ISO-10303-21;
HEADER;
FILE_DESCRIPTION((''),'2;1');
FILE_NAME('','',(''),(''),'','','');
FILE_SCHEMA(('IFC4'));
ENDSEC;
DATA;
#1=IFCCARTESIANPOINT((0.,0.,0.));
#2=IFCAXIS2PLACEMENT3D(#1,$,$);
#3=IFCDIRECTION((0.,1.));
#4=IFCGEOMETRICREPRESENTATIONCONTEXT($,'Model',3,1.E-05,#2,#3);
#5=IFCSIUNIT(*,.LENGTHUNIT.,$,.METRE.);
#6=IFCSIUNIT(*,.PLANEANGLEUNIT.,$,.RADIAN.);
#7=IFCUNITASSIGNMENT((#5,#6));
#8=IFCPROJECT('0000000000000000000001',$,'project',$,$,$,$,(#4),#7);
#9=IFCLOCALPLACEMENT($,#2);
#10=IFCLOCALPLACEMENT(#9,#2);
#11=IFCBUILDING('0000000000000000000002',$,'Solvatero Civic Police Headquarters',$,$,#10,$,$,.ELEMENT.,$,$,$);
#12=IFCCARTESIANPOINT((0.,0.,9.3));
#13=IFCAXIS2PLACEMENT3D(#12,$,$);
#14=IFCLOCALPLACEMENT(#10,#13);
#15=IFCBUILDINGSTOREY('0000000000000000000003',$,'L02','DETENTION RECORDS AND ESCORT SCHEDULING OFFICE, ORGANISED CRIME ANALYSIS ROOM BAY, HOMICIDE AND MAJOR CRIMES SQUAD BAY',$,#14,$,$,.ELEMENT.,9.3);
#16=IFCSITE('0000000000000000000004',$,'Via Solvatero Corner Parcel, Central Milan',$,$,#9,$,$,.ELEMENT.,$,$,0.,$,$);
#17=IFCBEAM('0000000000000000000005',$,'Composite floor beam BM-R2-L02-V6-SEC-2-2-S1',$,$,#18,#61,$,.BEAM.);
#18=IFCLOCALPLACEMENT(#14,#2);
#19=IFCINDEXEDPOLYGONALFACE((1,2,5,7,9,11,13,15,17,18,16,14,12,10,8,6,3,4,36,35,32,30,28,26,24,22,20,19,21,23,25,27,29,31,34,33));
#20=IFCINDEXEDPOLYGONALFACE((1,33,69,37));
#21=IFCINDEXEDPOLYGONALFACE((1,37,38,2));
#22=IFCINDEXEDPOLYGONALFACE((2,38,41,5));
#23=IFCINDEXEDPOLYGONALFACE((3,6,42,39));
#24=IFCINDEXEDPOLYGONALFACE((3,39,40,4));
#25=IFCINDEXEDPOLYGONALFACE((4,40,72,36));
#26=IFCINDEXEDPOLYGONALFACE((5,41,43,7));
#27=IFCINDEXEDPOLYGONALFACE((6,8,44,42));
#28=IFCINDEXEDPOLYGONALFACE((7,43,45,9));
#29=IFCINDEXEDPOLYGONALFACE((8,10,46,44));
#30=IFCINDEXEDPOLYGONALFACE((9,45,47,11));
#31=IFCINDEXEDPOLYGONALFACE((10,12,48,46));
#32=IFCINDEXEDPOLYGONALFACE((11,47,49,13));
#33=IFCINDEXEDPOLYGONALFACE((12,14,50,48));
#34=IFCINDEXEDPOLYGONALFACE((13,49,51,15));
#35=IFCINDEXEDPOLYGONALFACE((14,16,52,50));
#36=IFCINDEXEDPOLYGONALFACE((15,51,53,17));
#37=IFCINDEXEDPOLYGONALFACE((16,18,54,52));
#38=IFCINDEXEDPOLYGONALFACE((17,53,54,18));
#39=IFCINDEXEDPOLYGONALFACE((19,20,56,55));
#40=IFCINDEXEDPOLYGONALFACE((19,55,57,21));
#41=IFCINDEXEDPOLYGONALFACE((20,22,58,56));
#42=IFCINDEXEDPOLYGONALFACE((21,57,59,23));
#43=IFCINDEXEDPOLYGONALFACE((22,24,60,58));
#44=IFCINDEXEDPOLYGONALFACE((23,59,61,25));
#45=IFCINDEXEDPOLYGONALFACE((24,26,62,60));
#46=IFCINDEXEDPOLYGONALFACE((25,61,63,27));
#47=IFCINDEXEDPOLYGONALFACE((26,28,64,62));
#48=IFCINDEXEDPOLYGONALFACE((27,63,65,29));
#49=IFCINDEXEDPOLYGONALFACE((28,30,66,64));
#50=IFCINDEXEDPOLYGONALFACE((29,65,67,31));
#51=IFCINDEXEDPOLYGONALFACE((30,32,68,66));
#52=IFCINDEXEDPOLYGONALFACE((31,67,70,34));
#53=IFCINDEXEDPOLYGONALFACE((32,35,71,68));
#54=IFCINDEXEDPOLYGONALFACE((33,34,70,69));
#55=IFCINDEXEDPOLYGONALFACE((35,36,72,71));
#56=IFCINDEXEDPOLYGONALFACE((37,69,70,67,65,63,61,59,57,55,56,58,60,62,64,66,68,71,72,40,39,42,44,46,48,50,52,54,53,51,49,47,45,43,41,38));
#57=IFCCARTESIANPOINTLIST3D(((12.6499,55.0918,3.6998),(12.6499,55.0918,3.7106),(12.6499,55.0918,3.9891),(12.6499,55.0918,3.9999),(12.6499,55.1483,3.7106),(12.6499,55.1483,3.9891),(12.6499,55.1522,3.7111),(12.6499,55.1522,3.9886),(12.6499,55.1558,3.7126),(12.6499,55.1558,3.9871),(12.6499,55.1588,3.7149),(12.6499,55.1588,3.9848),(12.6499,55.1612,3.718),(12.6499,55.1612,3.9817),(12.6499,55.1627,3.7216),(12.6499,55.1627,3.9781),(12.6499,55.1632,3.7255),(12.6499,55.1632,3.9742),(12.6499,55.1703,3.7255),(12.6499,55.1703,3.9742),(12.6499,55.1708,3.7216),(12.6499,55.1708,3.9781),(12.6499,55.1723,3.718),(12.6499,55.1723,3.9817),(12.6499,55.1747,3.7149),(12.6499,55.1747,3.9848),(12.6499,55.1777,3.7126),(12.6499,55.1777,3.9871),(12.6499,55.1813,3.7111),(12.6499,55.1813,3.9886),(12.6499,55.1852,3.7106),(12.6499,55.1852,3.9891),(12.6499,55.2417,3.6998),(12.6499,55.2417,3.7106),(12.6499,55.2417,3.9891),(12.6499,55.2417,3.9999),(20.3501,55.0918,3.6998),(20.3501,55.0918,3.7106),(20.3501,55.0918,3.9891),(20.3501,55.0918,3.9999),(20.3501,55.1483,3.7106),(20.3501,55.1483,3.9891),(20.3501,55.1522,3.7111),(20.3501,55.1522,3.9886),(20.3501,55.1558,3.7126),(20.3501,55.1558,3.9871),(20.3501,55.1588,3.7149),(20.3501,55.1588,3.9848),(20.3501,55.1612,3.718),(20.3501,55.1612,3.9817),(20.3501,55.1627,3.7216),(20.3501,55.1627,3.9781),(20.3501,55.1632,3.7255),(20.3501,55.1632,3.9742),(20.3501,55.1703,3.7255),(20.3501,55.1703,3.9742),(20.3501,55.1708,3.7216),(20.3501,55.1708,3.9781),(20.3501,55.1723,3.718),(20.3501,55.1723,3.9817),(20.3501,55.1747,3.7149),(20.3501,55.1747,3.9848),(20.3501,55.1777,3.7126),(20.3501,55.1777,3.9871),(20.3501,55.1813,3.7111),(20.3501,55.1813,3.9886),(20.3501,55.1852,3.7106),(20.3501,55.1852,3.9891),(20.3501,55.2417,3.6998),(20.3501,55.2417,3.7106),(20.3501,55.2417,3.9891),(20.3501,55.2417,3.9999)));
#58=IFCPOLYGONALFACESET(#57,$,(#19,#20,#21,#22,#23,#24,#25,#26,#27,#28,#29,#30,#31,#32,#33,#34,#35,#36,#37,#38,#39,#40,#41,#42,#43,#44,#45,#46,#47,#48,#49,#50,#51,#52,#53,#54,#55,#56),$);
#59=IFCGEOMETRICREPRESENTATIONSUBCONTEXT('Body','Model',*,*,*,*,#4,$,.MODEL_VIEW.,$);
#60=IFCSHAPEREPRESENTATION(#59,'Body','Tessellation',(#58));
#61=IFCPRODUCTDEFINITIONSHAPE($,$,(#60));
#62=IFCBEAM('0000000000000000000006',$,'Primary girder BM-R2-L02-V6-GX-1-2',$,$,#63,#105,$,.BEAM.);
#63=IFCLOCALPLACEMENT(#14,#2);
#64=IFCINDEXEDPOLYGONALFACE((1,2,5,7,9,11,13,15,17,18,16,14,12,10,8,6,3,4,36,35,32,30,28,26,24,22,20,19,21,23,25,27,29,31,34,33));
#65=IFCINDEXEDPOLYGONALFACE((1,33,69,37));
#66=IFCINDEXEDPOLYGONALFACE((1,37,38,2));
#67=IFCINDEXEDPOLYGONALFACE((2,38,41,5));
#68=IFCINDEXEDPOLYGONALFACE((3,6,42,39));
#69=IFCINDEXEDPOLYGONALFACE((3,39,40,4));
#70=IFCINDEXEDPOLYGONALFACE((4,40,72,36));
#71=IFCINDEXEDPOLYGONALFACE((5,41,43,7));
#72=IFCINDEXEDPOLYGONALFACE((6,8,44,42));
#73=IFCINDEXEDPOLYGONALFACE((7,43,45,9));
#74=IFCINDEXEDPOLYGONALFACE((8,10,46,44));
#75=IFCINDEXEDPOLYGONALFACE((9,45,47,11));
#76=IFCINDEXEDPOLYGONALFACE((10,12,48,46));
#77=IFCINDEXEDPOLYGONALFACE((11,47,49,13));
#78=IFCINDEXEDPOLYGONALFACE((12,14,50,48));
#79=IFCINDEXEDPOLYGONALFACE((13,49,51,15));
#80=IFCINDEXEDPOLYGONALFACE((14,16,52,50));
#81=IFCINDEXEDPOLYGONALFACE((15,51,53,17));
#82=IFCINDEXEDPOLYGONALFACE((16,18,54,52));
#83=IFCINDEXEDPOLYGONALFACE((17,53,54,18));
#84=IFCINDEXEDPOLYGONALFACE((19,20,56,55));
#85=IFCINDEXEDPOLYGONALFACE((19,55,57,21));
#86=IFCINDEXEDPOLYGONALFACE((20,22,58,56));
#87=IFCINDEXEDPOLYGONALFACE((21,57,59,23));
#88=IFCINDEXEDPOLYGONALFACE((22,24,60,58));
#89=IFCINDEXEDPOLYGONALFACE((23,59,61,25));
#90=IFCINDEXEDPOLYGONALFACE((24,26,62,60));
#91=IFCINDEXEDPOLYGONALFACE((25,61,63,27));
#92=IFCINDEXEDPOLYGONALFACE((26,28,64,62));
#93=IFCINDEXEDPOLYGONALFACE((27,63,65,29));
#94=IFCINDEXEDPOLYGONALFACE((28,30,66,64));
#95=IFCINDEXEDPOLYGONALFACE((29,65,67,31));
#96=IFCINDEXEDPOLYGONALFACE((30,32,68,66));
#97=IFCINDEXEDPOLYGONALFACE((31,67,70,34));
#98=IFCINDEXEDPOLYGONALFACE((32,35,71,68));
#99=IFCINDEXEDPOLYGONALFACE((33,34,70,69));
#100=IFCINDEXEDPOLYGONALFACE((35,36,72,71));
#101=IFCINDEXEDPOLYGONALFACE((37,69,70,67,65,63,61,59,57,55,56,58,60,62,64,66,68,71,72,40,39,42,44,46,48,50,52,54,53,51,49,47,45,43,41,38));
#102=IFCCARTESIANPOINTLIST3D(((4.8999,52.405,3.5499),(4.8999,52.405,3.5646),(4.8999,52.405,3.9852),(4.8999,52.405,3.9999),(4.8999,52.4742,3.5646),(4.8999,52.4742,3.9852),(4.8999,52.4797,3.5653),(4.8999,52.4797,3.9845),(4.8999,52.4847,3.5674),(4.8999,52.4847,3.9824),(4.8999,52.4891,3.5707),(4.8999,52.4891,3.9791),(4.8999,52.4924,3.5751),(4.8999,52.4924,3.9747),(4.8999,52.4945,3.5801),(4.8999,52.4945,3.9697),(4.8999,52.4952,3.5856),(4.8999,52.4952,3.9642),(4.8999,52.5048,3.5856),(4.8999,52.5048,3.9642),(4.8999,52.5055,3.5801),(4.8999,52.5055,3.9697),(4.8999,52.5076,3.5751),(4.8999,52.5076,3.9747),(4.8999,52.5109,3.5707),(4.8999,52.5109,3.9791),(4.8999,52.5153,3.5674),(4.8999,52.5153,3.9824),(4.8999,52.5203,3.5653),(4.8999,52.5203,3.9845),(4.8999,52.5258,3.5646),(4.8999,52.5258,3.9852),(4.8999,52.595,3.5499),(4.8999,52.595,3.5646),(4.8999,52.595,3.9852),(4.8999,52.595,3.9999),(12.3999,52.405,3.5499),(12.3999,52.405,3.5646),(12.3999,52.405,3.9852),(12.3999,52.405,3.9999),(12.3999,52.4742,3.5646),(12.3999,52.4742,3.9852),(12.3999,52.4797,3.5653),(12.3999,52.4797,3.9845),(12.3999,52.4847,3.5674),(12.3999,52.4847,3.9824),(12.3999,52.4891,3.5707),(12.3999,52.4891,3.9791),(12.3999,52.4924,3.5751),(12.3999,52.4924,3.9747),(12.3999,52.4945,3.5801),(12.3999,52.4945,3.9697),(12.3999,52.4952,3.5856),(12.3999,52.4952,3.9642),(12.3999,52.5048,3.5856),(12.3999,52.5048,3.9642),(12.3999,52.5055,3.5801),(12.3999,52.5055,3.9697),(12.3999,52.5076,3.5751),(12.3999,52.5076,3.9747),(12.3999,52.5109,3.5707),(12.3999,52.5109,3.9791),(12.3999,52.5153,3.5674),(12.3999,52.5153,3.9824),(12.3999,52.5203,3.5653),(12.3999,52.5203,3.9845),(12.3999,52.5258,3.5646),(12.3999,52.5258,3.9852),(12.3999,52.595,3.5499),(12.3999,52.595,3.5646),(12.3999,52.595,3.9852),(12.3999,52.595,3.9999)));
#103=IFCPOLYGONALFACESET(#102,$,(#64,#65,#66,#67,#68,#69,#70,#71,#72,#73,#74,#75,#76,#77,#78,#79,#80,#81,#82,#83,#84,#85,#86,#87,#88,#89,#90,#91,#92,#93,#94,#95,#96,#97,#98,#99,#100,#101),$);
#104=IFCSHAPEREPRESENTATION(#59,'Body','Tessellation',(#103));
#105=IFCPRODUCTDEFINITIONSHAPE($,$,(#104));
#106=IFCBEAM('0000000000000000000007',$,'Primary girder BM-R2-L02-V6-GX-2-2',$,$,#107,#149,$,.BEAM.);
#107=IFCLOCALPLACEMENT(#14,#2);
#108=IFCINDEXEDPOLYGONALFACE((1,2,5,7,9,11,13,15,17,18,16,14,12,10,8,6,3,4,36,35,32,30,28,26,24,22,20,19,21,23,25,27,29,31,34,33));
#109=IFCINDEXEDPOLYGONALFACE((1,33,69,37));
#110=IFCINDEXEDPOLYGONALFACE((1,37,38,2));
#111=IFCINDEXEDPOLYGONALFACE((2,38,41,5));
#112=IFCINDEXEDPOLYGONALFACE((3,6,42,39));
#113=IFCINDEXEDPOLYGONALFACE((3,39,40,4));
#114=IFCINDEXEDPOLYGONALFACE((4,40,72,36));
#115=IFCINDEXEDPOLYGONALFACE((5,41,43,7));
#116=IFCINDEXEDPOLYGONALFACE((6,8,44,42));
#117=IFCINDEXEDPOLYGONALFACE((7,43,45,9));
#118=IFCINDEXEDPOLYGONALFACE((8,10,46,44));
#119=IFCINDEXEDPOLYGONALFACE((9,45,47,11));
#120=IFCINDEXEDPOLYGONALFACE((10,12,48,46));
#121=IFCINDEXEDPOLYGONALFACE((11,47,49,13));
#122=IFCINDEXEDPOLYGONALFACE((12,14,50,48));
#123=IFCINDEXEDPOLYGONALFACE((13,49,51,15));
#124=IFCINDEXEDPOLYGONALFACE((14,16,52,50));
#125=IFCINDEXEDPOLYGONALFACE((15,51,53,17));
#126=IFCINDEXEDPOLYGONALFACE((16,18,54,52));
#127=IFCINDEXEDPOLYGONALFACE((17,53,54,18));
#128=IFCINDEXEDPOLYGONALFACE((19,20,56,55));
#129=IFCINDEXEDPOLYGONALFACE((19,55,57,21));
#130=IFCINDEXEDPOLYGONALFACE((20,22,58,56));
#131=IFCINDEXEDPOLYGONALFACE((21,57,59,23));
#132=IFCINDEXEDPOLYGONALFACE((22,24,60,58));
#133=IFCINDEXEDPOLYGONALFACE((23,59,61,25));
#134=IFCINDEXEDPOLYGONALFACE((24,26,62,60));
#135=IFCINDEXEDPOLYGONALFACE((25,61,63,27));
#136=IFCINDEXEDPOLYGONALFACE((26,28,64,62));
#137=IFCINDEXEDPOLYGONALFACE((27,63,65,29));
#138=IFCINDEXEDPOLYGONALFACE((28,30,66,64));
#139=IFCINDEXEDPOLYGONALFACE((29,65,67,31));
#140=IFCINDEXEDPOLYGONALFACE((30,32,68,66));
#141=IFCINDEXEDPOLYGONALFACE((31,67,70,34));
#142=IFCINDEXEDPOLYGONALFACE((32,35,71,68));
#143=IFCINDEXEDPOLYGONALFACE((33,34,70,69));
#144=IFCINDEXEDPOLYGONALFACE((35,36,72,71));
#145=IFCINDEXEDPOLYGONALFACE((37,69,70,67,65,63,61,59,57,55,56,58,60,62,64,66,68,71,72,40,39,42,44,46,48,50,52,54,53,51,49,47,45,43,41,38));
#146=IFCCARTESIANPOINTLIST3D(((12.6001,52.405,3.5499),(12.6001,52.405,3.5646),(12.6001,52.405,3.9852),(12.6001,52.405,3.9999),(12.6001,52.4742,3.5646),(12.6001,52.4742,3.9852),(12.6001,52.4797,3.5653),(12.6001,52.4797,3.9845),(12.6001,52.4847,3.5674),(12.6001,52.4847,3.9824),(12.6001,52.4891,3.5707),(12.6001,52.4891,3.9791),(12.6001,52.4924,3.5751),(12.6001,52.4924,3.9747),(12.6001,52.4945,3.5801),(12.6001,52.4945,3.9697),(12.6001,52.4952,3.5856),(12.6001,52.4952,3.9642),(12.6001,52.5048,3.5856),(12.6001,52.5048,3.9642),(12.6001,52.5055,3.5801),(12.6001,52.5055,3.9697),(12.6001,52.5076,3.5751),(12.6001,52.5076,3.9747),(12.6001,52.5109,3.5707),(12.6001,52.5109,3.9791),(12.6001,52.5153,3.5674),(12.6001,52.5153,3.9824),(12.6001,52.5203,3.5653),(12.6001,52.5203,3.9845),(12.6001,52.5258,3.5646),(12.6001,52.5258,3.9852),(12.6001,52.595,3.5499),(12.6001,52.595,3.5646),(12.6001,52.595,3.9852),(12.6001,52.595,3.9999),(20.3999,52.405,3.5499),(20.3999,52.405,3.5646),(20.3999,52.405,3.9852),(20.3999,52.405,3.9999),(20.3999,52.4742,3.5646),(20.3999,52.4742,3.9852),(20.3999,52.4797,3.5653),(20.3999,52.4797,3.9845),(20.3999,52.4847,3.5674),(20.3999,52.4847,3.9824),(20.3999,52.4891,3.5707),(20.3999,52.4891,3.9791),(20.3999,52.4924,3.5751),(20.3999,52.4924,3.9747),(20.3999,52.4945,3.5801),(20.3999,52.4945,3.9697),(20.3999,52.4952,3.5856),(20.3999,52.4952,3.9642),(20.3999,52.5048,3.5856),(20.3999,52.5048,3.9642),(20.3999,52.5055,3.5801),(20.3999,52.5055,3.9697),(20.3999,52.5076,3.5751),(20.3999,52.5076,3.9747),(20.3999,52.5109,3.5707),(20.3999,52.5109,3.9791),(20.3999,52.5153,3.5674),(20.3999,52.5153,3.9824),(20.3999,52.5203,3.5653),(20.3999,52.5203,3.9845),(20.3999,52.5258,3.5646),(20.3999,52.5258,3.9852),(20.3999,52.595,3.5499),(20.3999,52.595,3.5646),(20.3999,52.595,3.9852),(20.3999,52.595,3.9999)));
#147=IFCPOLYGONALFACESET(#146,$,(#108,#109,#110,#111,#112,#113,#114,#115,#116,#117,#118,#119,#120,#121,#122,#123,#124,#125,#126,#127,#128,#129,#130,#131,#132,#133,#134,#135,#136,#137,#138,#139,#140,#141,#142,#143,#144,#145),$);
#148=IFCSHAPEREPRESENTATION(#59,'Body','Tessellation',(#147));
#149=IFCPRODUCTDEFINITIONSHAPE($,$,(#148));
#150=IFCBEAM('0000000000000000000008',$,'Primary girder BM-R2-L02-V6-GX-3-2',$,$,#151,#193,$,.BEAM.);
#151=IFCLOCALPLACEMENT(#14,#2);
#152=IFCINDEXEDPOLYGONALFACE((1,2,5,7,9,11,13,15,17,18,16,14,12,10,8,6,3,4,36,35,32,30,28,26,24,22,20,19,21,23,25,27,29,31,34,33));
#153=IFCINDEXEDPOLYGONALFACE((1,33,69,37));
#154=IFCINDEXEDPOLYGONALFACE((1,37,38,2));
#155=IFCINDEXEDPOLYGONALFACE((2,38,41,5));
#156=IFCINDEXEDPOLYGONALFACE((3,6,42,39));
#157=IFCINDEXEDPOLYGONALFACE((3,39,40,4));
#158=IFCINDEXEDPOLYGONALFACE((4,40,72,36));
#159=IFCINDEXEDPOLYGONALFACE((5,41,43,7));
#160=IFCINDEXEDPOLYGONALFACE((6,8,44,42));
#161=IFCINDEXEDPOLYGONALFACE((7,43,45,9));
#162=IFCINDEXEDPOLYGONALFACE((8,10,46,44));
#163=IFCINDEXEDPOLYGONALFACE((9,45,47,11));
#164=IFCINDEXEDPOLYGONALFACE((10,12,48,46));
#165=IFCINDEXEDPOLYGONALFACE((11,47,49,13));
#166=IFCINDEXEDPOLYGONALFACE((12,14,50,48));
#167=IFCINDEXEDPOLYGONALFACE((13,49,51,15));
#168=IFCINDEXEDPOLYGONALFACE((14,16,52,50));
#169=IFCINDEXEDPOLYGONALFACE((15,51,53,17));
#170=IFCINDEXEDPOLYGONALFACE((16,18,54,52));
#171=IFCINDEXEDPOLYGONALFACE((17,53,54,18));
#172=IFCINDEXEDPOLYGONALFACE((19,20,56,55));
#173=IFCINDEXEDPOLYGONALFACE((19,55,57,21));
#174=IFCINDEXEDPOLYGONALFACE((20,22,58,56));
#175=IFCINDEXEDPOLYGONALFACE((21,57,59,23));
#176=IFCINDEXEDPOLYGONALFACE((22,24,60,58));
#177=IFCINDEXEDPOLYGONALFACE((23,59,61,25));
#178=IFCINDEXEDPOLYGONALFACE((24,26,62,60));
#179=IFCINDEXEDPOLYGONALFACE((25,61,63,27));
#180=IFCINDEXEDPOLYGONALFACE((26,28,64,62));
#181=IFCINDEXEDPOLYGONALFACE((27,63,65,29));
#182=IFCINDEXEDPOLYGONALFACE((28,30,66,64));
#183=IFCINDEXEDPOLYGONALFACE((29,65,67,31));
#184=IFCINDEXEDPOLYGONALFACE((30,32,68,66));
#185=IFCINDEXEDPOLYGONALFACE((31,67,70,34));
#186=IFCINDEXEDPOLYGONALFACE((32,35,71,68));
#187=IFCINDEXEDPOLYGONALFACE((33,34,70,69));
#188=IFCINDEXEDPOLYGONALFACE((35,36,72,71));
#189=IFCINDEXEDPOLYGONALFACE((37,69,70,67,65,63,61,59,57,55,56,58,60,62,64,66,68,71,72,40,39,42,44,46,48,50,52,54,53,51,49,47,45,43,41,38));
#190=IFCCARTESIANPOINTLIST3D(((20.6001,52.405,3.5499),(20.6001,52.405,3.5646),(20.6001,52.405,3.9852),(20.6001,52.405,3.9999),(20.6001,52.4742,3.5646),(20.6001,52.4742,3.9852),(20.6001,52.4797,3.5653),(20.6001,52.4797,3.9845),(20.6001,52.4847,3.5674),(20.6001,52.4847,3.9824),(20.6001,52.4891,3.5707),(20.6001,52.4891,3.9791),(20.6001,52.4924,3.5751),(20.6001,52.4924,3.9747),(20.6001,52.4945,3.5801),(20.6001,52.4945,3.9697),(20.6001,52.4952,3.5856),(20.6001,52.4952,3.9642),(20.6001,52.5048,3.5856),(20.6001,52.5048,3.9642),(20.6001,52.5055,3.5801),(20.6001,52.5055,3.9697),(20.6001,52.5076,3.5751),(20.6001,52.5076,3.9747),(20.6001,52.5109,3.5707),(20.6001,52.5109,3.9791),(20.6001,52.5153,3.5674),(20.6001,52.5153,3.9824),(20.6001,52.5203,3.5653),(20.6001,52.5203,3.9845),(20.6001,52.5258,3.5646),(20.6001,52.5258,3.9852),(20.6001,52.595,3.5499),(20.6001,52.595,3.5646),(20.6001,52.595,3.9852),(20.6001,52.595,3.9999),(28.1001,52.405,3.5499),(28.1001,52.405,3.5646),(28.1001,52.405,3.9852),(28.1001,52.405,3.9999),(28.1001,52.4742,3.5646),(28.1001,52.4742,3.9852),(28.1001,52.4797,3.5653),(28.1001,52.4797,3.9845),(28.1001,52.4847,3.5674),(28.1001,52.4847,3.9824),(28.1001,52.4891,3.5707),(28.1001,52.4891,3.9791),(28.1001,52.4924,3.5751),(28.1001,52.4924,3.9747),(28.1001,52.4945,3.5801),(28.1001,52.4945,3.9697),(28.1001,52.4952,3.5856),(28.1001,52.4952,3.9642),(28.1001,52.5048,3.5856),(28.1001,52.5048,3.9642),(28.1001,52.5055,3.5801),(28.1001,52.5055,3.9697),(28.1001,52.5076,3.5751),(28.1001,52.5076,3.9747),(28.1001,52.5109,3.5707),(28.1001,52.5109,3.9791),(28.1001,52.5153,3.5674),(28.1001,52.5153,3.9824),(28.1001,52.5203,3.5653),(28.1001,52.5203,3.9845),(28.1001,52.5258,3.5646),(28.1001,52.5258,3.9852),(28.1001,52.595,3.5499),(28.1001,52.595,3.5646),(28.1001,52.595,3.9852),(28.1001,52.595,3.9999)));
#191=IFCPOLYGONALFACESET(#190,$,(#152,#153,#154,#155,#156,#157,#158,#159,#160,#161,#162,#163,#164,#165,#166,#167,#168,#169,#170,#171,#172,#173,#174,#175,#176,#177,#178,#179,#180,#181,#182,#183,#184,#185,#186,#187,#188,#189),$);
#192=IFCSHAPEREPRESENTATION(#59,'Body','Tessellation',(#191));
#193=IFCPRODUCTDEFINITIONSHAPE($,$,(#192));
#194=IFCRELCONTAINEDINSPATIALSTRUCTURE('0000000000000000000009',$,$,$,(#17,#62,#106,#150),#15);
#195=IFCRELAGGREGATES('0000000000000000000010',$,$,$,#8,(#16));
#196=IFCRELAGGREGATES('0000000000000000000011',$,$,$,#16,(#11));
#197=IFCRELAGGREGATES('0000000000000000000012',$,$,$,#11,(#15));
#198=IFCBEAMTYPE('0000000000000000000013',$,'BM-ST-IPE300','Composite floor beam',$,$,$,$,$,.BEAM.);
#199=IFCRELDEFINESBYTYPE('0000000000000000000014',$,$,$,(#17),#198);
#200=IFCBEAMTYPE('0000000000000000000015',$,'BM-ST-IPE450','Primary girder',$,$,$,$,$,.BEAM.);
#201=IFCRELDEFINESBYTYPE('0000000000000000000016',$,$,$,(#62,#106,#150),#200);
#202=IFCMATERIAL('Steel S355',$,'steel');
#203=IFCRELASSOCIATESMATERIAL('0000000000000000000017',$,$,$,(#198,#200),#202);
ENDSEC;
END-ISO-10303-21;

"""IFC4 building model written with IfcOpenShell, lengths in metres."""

from ifc_helpers import new_model, si_unit, direction, frame, origin, origin_2d, place, context, subcontext, project, spatial, i_section, extrude, material, material_profile, profile_set, type_object, element, save


model = new_model("IFC4")

# Units and contexts
model_context = context("Model", 3, precision=1e-05, world=origin(), true_north=direction((0.0, 1.0)))
body_context = subcontext(model_context, "Body", "Model", "MODEL_VIEW")
ifc_project = project(units=[si_unit("LENGTHUNIT", "METRE"), si_unit("PLANEANGLEUNIT", "RADIAN")], contexts=[model_context])

# Site, building, storey
site_placement = place(None, origin())
site = spatial("IfcSite", under=ifc_project, at=site_placement, Name="Via Solvatero Corner Parcel, Central Milan", CompositionType="ELEMENT", RefElevation=0.0)
building_placement = place(site_placement, origin())
building = spatial("IfcBuilding", under=site, at=building_placement, Name="Solvatero Civic Police Headquarters", CompositionType="ELEMENT")
storey_placement = place(building_placement, frame((0.0, 0.0, 9.3)))
storey = spatial("IfcBuildingStorey", under=building, at=storey_placement, Name="L02", Description="DETENTION RECORDS AND ESCORT SCHEDULING OFFICE, ORGANISED CRIME ANALYSIS ROOM BAY, HOMICIDE AND MAJOR CRIMES SQUAD BAY", CompositionType="ELEMENT", Elevation=9.3)

# Shared definitions
ifc_material_1 = material(Name="Steel S355", Category="steel")

# Beams
ifc_material_profile_1 = material_profile(ifc_material_1, i_section(OverallWidth=0.1499, OverallDepth=0.3, WebThickness=0.0071, FlangeThickness=0.0107, FilletRadius=0.0149, at=origin_2d()), Name="IPE 300")
ifc_profile_set_1 = profile_set([ifc_material_profile_1], Name="Steel S355")
beam_type_1 = type_object("IfcBeamType", Name="BM-ST-IPE300", Description="Composite floor beam", PredefinedType="BEAM", material=ifc_profile_set_1)
for number, where, z_axis, x_axis, name in (
    (1, (12.6499, 55.1667, 3.8499), (1.0, 0.0, 0.0), (0.0, 1.0, 0.0), "Composite floor beam BM-R2-L02-V6-SEC-2-2-S1"),
):
    element("IfcBeam", number, at=place(storey_placement, frame(where, z_axis=z_axis, x_axis=x_axis)), inside=storey, type_object=beam_type_1, Name=name, PredefinedType="BEAM", context=body_context, shape_type="SweptSolid", body=[
        extrude(i_section(OverallWidth=0.1499, OverallDepth=0.3, WebThickness=0.0071, FlangeThickness=0.0107, FilletRadius=0.0149, at=origin_2d()), origin(), (0.0, 0.0, 1.0), 7.7002),
    ])
ifc_material_profile_2 = material_profile(ifc_material_1, i_section(OverallWidth=0.1899, OverallDepth=0.45, WebThickness=0.0095, FlangeThickness=0.0146, FilletRadius=0.021, at=origin_2d()), Name="IPE 450")
ifc_profile_set_2 = profile_set([ifc_material_profile_2], Name="Steel S355")
beam_type_2 = type_object("IfcBeamType", Name="BM-ST-IPE450", Description="Primary girder", PredefinedType="BEAM", material=ifc_profile_set_2)
beam_1_placement = place(storey_placement, frame((4.8999, 52.5, 3.7749), z_axis=(1.0, 0.0, 0.0), x_axis=(0.0, 1.0, 0.0)))
element("IfcBeam", 2, at=beam_1_placement, inside=storey, type_object=beam_type_2, Name="Primary girder BM-R2-L02-V6-GX-1-2", PredefinedType="BEAM", context=body_context, shape_type="SweptSolid", body=[
    extrude(i_section(OverallWidth=0.1899, OverallDepth=0.45, WebThickness=0.0095, FlangeThickness=0.0146, FilletRadius=0.021, at=origin_2d()), origin(), (0.0, 0.0, 1.0), 7.5),
])
beam_2_placement = place(storey_placement, frame((12.6001, 52.5, 3.7749), z_axis=(1.0, 0.0, 0.0), x_axis=(0.0, 1.0, 0.0)))
element("IfcBeam", 3, at=beam_2_placement, inside=storey, type_object=beam_type_2, Name="Primary girder BM-R2-L02-V6-GX-2-2", PredefinedType="BEAM", context=body_context, shape_type="SweptSolid", body=[
    extrude(i_section(OverallWidth=0.1899, OverallDepth=0.45, WebThickness=0.0095, FlangeThickness=0.0146, FilletRadius=0.021, at=origin_2d()), origin(), (0.0, 0.0, 1.0), 7.7998),
])
beam_3_placement = place(storey_placement, frame((20.6001, 52.5, 3.7749), z_axis=(1.0, 0.0, 0.0), x_axis=(0.0, 1.0, 0.0)))
element("IfcBeam", 4, at=beam_3_placement, inside=storey, type_object=beam_type_2, Name="Primary girder BM-R2-L02-V6-GX-3-2", PredefinedType="BEAM", context=body_context, shape_type="SweptSolid", body=[
    extrude(i_section(OverallWidth=0.1899, OverallDepth=0.45, WebThickness=0.0095, FlangeThickness=0.0146, FilletRadius=0.021, at=origin_2d()), origin(), (0.0, 0.0, 1.0), 7.5),
])

save(model, "model.ifc")
